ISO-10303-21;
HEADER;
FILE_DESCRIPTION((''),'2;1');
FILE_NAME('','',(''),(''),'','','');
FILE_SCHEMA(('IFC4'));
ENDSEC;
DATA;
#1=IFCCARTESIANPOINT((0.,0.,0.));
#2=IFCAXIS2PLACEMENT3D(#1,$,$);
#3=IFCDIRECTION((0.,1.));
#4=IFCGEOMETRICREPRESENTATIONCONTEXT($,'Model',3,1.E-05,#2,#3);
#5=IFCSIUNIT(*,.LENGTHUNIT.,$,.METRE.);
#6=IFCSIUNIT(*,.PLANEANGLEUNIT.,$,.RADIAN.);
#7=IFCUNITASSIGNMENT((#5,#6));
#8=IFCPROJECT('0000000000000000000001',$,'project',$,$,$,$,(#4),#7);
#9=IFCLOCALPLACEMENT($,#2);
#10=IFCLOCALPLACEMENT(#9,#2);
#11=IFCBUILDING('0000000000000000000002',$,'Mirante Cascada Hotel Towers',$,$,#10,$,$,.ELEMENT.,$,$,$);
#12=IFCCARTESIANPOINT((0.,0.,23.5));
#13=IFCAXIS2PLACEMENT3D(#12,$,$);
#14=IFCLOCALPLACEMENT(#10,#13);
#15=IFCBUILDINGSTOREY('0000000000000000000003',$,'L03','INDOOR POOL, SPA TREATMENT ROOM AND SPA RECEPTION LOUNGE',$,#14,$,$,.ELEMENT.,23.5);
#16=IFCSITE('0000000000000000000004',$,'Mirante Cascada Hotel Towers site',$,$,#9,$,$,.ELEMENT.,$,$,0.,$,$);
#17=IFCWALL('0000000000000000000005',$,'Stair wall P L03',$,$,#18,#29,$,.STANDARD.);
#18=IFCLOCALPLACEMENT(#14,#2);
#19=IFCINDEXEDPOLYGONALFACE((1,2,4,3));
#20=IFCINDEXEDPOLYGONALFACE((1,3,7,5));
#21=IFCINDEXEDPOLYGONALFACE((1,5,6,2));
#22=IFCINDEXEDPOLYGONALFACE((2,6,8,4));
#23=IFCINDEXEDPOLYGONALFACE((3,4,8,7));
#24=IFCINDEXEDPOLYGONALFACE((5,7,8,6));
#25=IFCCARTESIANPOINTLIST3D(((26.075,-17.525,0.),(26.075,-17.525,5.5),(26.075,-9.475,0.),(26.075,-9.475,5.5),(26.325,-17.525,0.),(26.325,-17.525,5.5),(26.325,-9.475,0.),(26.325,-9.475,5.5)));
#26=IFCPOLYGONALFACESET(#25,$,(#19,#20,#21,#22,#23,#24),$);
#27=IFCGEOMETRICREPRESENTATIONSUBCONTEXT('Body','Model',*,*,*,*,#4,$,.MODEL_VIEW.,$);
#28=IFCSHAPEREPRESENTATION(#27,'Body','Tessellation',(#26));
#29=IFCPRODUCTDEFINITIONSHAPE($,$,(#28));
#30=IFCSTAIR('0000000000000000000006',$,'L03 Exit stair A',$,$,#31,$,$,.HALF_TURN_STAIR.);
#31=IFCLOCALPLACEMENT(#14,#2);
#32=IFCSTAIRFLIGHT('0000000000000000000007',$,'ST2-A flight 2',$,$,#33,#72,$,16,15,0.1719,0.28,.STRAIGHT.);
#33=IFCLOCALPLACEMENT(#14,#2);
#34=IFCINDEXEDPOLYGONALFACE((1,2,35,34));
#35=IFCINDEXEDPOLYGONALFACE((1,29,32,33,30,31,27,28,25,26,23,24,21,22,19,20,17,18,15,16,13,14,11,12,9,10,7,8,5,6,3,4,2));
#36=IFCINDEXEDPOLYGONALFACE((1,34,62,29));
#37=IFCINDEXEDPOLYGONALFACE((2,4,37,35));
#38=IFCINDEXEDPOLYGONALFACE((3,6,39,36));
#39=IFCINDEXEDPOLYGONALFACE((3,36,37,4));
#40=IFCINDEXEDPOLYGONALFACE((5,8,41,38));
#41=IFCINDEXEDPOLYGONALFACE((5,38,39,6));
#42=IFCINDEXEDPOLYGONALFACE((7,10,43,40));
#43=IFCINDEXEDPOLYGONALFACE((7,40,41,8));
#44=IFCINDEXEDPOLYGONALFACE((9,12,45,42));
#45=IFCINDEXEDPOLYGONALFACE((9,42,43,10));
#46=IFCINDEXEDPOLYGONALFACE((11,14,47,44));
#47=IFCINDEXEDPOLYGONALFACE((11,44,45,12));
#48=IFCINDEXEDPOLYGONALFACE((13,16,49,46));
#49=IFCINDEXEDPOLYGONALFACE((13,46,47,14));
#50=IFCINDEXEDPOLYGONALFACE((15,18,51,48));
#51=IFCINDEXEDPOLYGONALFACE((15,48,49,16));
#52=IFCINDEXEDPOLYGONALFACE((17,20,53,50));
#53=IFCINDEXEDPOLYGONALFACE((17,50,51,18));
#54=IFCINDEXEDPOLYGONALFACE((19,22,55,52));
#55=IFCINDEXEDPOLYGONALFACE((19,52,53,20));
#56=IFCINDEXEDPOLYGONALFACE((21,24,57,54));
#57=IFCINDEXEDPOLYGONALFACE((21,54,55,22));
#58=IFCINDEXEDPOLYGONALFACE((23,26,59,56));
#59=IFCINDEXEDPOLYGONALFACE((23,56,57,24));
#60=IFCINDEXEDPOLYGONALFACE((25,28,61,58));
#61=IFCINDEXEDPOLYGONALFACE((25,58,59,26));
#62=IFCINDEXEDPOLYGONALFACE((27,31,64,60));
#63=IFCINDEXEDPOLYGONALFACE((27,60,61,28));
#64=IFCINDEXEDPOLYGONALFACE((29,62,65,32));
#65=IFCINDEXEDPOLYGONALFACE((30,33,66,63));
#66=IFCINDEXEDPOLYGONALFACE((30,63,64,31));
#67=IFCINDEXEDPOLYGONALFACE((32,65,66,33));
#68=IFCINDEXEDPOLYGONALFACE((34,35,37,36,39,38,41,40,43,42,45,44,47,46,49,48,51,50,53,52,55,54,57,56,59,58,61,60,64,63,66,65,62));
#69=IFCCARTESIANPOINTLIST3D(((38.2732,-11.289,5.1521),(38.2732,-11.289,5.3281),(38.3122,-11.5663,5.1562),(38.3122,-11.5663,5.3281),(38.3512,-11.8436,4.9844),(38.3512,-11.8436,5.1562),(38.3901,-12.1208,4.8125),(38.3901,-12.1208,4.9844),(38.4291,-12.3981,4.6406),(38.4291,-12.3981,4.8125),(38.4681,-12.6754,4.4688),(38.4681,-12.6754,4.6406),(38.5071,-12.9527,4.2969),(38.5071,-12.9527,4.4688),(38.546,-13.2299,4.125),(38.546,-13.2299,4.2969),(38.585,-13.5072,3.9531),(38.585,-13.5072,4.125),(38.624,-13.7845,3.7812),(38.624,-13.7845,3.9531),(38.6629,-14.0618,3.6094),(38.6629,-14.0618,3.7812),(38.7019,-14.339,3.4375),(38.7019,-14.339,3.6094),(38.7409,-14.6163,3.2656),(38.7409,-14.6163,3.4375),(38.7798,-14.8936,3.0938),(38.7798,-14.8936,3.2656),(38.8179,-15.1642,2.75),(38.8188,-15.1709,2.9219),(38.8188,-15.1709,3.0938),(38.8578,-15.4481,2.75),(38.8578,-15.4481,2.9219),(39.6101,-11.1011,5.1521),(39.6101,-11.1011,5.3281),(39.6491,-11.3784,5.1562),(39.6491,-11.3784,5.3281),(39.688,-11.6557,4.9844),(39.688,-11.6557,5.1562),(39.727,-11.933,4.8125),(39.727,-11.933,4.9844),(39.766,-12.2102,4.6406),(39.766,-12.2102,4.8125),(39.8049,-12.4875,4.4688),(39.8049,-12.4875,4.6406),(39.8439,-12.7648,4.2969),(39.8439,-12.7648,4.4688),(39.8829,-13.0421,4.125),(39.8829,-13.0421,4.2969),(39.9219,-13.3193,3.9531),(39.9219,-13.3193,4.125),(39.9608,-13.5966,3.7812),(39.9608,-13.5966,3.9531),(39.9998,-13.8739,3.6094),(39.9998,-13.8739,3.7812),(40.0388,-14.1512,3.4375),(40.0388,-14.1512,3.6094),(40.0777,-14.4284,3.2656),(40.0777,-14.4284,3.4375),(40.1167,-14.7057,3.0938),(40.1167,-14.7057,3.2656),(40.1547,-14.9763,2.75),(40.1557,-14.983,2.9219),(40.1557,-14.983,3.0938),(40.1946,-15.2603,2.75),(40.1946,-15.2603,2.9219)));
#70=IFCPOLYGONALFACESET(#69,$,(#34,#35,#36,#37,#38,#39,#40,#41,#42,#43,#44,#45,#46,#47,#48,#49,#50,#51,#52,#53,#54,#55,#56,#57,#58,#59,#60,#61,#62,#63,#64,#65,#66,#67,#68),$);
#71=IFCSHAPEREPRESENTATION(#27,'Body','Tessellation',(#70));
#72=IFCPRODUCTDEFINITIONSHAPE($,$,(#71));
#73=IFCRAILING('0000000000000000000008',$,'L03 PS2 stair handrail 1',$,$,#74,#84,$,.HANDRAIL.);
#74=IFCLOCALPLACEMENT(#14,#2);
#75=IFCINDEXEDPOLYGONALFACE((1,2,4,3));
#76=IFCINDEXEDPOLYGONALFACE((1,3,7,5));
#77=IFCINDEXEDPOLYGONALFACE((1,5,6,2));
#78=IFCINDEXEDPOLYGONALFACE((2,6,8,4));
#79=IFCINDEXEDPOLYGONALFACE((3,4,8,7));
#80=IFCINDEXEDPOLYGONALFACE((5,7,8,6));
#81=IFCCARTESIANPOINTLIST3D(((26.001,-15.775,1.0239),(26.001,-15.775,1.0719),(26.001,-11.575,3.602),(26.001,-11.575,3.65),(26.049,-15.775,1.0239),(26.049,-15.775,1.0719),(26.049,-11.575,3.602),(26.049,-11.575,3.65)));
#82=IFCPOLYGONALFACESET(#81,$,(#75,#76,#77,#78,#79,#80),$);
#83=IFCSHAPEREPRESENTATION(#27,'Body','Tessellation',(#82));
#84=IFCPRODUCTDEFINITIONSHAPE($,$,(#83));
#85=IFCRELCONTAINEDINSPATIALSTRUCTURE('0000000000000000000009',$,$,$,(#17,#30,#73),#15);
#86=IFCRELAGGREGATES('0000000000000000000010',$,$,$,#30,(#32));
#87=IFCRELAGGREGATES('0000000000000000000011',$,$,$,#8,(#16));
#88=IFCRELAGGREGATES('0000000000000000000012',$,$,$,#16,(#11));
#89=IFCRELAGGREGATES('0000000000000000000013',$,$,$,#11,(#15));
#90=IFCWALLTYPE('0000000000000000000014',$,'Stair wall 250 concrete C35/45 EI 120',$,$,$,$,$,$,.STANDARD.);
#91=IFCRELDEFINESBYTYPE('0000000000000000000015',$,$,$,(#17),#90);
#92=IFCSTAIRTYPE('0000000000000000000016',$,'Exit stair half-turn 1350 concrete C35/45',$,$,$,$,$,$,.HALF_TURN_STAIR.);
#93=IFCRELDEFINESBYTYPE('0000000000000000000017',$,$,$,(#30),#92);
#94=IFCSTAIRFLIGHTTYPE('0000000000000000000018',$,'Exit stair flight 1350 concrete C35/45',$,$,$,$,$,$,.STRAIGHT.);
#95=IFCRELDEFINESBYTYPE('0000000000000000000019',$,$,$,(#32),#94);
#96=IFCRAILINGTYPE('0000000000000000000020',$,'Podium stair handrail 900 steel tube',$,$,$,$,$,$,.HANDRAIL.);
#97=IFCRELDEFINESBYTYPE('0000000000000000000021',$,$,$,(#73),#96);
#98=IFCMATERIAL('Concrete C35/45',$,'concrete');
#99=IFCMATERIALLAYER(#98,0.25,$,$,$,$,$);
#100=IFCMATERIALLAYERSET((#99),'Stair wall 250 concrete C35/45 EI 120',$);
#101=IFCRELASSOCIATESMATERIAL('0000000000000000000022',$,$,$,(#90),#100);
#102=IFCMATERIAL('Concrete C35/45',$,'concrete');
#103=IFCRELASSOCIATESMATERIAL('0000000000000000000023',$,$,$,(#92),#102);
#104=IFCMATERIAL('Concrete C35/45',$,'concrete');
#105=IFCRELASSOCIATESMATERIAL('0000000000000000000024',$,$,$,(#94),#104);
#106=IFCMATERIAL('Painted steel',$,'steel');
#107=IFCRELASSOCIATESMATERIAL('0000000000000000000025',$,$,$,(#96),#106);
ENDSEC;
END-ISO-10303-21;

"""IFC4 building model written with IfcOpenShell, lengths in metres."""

from ifc_helpers import new_model, si_unit, direction, frame, frame_2d, origin, origin_2d, place, context, subcontext, project, spatial, polyline, rectangle, outline, extrude, material, layer, layer_set, type_object, element, aggregate, save


model = new_model("IFC4")

# Units and contexts
model_context = context("Model", 3, precision=1e-05, world=origin(), true_north=direction((0.0, 1.0)))
body_context = subcontext(model_context, "Body", "Model", "MODEL_VIEW")
ifc_project = project(units=[si_unit("LENGTHUNIT", "METRE"), si_unit("PLANEANGLEUNIT", "RADIAN")], contexts=[model_context])

# Site, building, storey
site_placement = place(None, origin())
site = spatial("IfcSite", under=ifc_project, at=site_placement, Name="Mirante Cascada Hotel Towers site", CompositionType="ELEMENT", RefElevation=0.0)
building_placement = place(site_placement, origin())
building = spatial("IfcBuilding", under=site, at=building_placement, Name="Mirante Cascada Hotel Towers", CompositionType="ELEMENT")
storey_placement = place(building_placement, frame((0.0, 0.0, 23.5)))
storey = spatial("IfcBuildingStorey", under=building, at=storey_placement, Name="L03", Description="INDOOR POOL, SPA TREATMENT ROOM AND SPA RECEPTION LOUNGE", CompositionType="ELEMENT", Elevation=23.5)

# Wall
ifc_material_1 = material(Name="Concrete C35/45", Category="concrete")
ifc_layer_1 = layer(ifc_material_1, 0.25)
ifc_layer_set_1 = layer_set([ifc_layer_1], Name="Stair wall 250 concrete C35/45 EI 120")
wall_type_1 = type_object("IfcWallType", Name="Stair wall 250 concrete C35/45 EI 120", PredefinedType="STANDARD", material=ifc_layer_set_1)
wall_1_placement = place(storey_placement, frame((26.2, -17.525, 0.0), z_axis=(0.0, 0.0, 1.0), x_axis=(0.0, 1.0, 0.0)))
element("IfcWall", 1, at=wall_1_placement, inside=storey, type_object=wall_type_1, Name="Stair wall P L03", PredefinedType="STANDARD", context=body_context, shape_type="SweptSolid", body=[
    extrude(rectangle(XDim=8.05, YDim=0.25, at=frame_2d((4.025, 0.0))), origin(), (0.0, 0.0, 1.0), 5.5),
])

# Stair, stair flight
ifc_material_2 = material(Name="Concrete C35/45", Category="concrete")
stair_type = type_object("IfcStairType", Name="Exit stair half-turn 1350 concrete C35/45", PredefinedType="HALF_TURN_STAIR", material=ifc_material_2)
stair_placement = place(storey_placement, origin())
stair = element("IfcStair", 2, at=stair_placement, inside=storey, type_object=stair_type, Name="L03 Exit stair A", PredefinedType="HALF_TURN_STAIR")
ifc_material_3 = material(Name="Concrete C35/45", Category="concrete")
stair_flight_type = type_object("IfcStairFlightType", Name="Exit stair flight 1350 concrete C35/45", PredefinedType="STRAIGHT", material=ifc_material_3)
stair_flight_placement = place(storey_placement, frame((39.5262, -15.3542, 2.75), z_axis=(0.0, 0.0, 1.0), x_axis=(-0.139173, 0.990268, 0.0)))
stair_flight = element("IfcStairFlight", 3, at=stair_flight_placement, type_object=stair_flight_type, Name="ST2-A flight 2", NumberOfRisers=16, NumberOfTreads=15, PredefinedType="STRAIGHT", RiserHeight=0.1719, TreadLength=0.28, context=body_context, shape_type="SweptSolid", body=[
    extrude(outline(polyline([(0.0, 0.0), (0.0, 0.1719), (0.28, 0.1719), (0.28, 0.3438), (0.56, 0.3438), (0.56, 0.5156), (0.84, 0.5156), (0.84, 0.6875), (1.12, 0.6875), (1.12, 0.8594), (1.4, 0.8594), (1.4, 1.0312), (1.68, 1.0312), (1.68, 1.2031), (1.96, 1.2031), (1.96, 1.375), (2.24, 1.375), (2.24, 1.5469), (2.52, 1.5469), (2.52, 1.7188), (2.8, 1.7188), (2.8, 1.8906), (3.08, 1.8906), (3.08, 2.0625), (3.36, 2.0625), (3.36, 2.2344), (3.64, 2.2344), (3.64, 2.4062), (3.92, 2.4062), (3.92, 2.5781), (4.2, 2.5781), (4.2, 2.75), (4.2, 2.4021), (0.2867, 0.0), (0.0, 0.0)])), frame((0.0, 0.675, 0.0), z_axis=(0.0, -1.0, 0.0), x_axis=(1.0, 0.0, 0.0)), (0.0, 0.0, 1.0), 1.35),
])
aggregate(stair, [stair_flight])

# Railing
ifc_material_4 = material(Name="Painted steel", Category="steel")
railing_type = type_object("IfcRailingType", Name="Podium stair handrail 900 steel tube", PredefinedType="HANDRAIL", material=ifc_material_4)
railing_placement = place(storey_placement, frame((26.025, -15.775, 0.1719)))
element("IfcRailing", 4, at=railing_placement, inside=storey, type_object=railing_type, Name="L03 PS2 stair handrail 1", PredefinedType="HANDRAIL", context=body_context, shape_type="SweptSolid", body=[
    extrude(rectangle(XDim=0.048, YDim=0.048, at=origin_2d()), frame((0.0, 0.0, 0.876), z_axis=(0.0, 1.0, 0.0), x_axis=(-1.0, 0.0, 0.0)), (0.0, 0.523138, 0.852248), 4.9281),
])

save(model, "model.ifc")
